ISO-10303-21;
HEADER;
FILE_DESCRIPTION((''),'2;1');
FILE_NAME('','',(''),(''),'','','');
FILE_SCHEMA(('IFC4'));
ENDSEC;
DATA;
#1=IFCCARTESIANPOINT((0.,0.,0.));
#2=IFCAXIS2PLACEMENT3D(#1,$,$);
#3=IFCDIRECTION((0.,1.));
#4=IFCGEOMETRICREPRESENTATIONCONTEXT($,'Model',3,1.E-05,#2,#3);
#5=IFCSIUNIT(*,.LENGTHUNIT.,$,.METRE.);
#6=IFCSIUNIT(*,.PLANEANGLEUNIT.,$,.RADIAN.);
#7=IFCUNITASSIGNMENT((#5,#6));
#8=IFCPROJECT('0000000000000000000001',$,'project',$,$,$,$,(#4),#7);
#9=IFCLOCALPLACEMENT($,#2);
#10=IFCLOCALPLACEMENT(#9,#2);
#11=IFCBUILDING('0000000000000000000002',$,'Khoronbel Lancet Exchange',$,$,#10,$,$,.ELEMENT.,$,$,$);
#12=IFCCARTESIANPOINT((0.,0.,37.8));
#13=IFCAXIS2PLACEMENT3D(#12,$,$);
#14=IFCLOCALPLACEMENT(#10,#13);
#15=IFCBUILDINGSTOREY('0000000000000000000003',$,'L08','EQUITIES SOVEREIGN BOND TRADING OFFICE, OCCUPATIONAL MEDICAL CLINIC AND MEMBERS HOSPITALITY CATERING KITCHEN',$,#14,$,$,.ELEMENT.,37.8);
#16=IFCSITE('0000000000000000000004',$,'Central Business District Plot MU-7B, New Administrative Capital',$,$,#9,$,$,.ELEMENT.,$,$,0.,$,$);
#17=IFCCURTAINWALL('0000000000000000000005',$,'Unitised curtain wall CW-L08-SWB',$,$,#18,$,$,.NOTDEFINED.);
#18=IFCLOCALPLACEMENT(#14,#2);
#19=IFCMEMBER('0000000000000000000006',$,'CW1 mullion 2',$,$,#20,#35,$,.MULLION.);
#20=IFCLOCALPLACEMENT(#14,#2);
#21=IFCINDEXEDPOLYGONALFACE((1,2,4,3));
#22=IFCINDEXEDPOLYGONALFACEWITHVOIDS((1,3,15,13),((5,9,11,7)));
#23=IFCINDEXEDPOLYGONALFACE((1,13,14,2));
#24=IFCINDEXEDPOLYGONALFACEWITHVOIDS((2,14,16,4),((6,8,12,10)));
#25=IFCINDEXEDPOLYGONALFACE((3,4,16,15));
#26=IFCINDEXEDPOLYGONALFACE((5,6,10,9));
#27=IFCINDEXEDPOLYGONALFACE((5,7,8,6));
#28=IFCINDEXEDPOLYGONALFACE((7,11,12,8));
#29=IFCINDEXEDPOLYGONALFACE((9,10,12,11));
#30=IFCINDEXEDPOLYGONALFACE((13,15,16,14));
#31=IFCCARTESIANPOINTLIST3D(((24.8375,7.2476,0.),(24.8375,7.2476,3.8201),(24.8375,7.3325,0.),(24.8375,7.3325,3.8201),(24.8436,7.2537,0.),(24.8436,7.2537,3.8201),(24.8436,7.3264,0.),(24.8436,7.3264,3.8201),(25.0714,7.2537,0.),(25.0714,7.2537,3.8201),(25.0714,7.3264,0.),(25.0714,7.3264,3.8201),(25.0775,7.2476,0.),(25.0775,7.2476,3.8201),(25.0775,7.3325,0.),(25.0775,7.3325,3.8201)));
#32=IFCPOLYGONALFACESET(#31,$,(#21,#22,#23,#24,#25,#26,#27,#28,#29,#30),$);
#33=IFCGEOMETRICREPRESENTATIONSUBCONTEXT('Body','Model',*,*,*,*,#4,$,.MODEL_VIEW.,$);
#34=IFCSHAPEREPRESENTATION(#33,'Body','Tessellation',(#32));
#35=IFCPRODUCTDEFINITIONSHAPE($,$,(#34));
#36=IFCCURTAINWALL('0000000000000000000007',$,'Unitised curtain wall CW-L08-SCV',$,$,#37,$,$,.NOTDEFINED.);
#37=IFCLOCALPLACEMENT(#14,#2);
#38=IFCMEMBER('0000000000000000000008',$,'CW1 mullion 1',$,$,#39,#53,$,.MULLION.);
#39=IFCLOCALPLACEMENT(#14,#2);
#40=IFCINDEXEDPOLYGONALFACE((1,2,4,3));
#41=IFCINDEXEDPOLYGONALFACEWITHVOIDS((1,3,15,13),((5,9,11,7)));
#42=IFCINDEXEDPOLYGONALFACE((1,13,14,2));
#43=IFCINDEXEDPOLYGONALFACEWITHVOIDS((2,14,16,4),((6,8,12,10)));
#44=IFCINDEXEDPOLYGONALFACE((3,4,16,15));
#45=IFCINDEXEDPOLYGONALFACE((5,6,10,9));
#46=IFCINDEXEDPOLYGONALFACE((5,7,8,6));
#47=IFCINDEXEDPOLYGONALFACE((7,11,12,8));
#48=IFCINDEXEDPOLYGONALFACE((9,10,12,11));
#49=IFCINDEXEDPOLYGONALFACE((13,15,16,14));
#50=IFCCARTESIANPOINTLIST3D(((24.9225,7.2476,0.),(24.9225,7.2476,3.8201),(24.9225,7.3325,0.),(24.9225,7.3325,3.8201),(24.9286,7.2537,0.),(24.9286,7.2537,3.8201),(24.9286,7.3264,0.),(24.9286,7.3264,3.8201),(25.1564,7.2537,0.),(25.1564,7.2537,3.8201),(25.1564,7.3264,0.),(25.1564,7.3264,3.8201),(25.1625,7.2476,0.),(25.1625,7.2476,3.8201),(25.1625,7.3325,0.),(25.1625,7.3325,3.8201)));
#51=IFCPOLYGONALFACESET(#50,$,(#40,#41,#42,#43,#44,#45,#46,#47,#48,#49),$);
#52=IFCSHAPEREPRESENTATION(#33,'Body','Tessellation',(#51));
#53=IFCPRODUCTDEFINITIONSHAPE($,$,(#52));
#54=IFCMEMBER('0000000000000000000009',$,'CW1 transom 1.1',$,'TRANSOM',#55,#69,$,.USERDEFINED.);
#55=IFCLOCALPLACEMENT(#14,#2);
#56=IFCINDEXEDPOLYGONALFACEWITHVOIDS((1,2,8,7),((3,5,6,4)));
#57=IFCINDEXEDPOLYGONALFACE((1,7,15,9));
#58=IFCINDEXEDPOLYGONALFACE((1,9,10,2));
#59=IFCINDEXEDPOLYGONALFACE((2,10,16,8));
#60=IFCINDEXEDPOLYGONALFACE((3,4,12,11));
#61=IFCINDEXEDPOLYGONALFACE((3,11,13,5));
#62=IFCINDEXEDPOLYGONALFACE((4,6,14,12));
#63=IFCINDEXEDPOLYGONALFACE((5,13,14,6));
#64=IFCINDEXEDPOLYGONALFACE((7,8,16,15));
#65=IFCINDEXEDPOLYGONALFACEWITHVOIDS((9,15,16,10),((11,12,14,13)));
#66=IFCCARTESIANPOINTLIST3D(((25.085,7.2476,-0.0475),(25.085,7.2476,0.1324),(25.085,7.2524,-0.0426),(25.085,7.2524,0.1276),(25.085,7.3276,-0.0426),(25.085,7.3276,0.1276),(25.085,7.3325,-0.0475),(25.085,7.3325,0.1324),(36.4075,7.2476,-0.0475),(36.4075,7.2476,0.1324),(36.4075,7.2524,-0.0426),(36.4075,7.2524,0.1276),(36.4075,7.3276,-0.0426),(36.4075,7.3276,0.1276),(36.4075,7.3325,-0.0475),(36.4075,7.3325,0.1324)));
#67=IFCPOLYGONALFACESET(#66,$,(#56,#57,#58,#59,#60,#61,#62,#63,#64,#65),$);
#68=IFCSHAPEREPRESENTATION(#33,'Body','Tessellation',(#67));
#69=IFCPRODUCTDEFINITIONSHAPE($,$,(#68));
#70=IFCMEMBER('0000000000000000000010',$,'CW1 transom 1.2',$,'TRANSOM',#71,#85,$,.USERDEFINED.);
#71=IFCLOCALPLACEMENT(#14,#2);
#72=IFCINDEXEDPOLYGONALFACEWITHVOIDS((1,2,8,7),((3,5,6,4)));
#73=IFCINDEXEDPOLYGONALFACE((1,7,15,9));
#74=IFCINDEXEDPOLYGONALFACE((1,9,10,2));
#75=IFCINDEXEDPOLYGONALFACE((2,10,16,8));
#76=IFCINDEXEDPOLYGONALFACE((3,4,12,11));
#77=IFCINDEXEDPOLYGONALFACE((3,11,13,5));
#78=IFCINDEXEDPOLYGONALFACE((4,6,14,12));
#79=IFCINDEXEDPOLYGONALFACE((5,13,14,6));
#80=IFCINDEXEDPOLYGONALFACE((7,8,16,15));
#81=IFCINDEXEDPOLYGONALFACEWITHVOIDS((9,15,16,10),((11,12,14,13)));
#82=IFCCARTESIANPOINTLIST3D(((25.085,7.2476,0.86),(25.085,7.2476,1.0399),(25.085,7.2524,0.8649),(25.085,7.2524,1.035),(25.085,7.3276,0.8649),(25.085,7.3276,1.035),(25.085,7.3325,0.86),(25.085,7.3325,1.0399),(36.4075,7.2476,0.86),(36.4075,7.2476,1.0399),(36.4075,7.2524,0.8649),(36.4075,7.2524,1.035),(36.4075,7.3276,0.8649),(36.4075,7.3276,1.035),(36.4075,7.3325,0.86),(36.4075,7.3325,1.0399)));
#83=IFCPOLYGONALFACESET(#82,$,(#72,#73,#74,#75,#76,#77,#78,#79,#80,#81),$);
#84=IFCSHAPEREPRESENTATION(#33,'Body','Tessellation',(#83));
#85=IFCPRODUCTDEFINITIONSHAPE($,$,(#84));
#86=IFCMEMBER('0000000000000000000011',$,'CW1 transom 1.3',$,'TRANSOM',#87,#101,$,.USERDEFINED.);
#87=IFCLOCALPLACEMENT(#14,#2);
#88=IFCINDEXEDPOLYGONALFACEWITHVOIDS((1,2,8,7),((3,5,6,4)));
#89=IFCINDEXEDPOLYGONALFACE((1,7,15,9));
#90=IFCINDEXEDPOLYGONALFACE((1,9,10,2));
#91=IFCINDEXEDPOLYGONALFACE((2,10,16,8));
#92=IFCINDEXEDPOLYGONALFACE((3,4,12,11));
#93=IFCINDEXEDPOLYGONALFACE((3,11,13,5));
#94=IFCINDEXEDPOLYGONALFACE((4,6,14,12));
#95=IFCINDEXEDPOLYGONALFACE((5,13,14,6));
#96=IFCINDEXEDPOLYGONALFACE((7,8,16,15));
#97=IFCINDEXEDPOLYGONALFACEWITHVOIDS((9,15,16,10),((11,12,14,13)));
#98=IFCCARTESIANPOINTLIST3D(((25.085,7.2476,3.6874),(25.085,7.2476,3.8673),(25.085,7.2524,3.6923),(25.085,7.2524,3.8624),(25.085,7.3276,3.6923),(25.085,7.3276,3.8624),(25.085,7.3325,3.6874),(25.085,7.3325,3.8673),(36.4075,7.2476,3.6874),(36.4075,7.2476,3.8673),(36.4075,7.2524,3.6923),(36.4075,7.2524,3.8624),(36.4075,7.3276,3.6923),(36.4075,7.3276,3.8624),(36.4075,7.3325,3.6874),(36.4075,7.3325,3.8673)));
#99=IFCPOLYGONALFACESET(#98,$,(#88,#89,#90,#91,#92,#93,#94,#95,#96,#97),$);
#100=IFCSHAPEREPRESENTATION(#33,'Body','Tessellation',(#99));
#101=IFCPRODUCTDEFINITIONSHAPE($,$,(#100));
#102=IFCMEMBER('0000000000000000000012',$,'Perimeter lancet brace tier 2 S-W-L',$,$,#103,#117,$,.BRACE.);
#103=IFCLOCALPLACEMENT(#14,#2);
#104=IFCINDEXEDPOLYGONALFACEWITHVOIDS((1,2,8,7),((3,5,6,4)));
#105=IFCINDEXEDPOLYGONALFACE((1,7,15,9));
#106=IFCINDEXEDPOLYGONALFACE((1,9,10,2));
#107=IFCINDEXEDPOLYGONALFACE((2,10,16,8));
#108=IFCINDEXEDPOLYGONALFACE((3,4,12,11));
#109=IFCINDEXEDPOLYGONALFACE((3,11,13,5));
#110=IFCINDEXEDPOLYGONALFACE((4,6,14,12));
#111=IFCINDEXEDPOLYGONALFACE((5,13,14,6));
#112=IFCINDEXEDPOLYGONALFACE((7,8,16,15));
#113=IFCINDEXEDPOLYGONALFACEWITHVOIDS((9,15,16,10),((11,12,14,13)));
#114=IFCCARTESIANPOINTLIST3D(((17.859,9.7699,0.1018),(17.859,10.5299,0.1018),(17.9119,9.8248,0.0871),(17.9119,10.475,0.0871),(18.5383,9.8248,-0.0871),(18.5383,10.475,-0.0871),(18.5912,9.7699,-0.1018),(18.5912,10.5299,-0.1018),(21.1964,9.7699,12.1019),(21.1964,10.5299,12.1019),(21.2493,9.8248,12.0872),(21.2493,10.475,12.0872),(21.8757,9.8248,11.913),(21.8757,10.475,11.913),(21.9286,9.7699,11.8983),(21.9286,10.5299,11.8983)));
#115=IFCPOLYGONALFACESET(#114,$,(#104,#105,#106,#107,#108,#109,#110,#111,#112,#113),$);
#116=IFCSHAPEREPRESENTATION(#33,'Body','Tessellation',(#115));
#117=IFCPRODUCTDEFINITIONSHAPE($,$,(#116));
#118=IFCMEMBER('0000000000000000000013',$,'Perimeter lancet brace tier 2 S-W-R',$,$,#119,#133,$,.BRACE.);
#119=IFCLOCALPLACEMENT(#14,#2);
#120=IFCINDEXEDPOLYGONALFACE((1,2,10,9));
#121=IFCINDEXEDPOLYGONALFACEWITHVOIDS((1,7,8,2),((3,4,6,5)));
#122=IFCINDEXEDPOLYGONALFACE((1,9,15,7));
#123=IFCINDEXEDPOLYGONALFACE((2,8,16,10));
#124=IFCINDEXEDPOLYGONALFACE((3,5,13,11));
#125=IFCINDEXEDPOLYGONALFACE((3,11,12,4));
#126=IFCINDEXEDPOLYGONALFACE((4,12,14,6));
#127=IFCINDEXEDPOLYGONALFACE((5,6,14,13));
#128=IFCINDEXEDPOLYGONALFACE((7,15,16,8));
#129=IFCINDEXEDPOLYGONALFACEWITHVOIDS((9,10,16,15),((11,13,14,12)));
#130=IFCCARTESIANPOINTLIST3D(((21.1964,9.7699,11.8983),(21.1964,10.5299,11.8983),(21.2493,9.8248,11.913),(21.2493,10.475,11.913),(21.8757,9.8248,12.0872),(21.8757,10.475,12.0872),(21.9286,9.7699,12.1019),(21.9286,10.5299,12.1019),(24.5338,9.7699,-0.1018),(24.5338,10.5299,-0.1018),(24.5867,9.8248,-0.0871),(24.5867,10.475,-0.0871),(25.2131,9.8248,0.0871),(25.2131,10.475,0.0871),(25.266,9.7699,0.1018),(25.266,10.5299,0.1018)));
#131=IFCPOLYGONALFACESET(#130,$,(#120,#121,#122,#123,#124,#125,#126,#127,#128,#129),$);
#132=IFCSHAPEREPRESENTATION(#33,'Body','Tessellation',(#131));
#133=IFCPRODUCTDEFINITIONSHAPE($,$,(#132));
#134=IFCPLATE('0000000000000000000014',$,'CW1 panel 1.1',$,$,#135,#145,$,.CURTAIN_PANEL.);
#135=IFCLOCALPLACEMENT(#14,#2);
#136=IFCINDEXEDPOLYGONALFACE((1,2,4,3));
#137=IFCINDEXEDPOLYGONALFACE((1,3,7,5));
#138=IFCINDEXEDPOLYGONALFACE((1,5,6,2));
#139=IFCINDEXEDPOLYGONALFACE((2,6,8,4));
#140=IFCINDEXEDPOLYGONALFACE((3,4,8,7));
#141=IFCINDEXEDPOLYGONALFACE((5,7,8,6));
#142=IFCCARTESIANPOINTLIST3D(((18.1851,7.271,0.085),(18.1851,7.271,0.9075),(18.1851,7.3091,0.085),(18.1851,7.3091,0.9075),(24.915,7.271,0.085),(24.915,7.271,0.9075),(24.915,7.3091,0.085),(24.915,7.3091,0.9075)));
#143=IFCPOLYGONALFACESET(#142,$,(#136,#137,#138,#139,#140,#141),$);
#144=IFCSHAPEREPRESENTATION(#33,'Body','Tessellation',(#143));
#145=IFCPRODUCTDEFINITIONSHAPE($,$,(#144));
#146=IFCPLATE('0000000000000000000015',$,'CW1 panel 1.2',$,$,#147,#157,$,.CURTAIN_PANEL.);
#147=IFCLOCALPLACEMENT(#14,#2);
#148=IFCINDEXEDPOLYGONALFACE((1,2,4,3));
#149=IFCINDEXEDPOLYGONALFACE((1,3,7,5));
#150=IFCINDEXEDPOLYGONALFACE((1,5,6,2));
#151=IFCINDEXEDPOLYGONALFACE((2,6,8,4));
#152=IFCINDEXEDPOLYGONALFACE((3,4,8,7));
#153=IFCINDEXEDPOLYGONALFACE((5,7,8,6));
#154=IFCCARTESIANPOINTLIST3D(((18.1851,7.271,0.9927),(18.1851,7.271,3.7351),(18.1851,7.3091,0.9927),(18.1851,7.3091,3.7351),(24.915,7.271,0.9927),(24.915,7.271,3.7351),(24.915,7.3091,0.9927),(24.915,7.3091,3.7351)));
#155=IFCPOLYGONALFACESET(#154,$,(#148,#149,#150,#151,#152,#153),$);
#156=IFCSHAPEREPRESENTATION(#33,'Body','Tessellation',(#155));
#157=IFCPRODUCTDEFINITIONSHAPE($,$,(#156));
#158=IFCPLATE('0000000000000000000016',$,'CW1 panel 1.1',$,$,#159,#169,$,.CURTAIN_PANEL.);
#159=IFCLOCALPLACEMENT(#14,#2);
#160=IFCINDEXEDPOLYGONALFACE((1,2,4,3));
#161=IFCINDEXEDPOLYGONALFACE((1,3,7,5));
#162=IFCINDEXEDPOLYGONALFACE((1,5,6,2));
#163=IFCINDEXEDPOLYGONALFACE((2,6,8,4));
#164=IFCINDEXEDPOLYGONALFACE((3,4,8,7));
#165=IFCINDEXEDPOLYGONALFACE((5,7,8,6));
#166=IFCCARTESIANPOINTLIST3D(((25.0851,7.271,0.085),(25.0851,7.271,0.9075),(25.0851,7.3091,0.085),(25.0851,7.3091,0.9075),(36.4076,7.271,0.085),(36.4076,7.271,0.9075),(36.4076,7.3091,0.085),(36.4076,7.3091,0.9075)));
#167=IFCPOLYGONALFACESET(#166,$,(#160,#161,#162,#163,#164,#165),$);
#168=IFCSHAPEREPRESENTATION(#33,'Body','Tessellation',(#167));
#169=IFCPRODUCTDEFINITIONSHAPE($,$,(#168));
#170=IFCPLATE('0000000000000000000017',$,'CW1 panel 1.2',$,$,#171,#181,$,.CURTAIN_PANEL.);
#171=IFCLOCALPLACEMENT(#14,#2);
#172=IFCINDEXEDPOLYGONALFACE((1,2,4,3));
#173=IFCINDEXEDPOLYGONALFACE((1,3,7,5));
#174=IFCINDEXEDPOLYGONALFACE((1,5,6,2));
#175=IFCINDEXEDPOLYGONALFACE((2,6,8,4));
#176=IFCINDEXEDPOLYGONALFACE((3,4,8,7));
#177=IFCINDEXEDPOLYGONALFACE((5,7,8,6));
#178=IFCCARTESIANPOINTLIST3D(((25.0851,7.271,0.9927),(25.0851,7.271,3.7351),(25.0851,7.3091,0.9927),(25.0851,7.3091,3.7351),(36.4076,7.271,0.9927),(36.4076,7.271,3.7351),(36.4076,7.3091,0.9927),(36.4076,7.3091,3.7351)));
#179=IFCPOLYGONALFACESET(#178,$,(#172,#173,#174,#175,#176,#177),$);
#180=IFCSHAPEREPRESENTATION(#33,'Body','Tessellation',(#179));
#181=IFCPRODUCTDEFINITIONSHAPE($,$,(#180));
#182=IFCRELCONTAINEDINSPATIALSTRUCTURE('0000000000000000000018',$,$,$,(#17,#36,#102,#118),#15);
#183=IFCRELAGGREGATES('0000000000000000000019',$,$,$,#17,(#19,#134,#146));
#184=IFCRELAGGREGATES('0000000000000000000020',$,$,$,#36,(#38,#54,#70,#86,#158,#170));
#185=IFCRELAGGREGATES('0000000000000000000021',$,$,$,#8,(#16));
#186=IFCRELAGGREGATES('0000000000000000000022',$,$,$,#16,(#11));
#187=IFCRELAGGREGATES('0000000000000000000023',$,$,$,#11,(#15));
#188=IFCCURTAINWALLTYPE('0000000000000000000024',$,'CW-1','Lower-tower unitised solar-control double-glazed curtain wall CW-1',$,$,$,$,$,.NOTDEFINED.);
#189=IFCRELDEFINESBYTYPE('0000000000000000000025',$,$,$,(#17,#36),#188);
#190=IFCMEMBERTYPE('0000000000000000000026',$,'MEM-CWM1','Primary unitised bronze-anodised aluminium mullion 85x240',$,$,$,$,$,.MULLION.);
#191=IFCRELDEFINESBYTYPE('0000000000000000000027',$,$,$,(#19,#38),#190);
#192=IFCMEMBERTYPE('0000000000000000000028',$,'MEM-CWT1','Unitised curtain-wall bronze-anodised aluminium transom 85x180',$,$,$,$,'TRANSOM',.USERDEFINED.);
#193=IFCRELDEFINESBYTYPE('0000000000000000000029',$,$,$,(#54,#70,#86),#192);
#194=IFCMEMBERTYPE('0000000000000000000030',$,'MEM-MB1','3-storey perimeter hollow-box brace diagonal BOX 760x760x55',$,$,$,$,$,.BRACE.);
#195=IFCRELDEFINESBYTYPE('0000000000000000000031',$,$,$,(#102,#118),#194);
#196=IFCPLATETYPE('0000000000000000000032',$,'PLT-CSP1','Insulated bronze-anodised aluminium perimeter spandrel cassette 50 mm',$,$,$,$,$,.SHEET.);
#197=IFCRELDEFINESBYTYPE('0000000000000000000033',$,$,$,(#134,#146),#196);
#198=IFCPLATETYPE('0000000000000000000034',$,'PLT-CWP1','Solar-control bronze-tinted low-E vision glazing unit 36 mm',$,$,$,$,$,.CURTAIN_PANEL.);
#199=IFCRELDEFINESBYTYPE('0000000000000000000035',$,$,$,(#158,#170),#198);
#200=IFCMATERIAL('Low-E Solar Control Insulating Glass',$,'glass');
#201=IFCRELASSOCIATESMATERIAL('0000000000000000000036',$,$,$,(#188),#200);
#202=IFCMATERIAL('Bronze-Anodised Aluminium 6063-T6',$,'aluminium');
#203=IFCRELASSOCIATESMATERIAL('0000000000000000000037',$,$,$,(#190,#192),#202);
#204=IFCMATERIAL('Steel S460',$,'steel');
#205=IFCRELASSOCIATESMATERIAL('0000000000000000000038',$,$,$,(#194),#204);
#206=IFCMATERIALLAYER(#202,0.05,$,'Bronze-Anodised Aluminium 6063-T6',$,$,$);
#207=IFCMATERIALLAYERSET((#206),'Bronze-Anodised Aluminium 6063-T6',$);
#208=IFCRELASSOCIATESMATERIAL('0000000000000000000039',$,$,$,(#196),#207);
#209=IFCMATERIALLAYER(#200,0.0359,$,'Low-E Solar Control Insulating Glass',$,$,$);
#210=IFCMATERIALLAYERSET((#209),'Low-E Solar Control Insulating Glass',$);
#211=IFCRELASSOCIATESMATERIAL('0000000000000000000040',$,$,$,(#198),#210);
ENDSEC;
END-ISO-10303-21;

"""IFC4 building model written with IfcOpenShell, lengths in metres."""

from ifc_helpers import new_model, si_unit, direction, frame, origin, origin_2d, place, context, subcontext, project, spatial, rectangle, hollow_rectangle, extrude, material, layer, layer_set, material_profile, profile_set, type_object, element, aggregate, save


model = new_model("IFC4")

# Units and contexts
model_context = context("Model", 3, precision=1e-05, world=origin(), true_north=direction((0.0, 1.0)))
body_context = subcontext(model_context, "Body", "Model", "MODEL_VIEW")
ifc_project = project(units=[si_unit("LENGTHUNIT", "METRE"), si_unit("PLANEANGLEUNIT", "RADIAN")], contexts=[model_context])

# Site, building, storey
site_placement = place(None, origin())
site = spatial("IfcSite", under=ifc_project, at=site_placement, Name="Central Business District Plot MU-7B, New Administrative Capital", CompositionType="ELEMENT", RefElevation=0.0)
building_placement = place(site_placement, origin())
building = spatial("IfcBuilding", under=site, at=building_placement, Name="Khoronbel Lancet Exchange", CompositionType="ELEMENT")
storey_placement = place(building_placement, frame((0.0, 0.0, 37.8)))
storey = spatial("IfcBuildingStorey", under=building, at=storey_placement, Name="L08", Description="EQUITIES SOVEREIGN BOND TRADING OFFICE, OCCUPATIONAL MEDICAL CLINIC AND MEMBERS HOSPITALITY CATERING KITCHEN", CompositionType="ELEMENT", Elevation=37.8)

# Shared definitions
ifc_material_1 = material(Name="Steel S460", Category="steel")

# Curtain wall, member
ifc_material_2 = material(Name="Low-E Solar Control Insulating Glass", Category="glass")
curtain_wall_type = type_object("IfcCurtainWallType", Name="CW-1", Description="Lower-tower unitised solar-control double-glazed curtain wall CW-1", PredefinedType="NOTDEFINED", material=ifc_material_2)
curtain_wall_1_placement = place(storey_placement, origin())
curtain_wall_1 = element("IfcCurtainWall", 1, at=curtain_wall_1_placement, inside=storey, type_object=curtain_wall_type, Name="Unitised curtain wall CW-L08-SWB", PredefinedType="NOTDEFINED")
ifc_material_3 = material(Name="Bronze-Anodised Aluminium 6063-T6", Category="aluminium")
ifc_material_profile_1 = material_profile(ifc_material_3, hollow_rectangle(XDim=0.085, YDim=0.24, WallThickness=0.0061, at=origin_2d()), Name="ALU MULLION 85x240")
ifc_profile_set_1 = profile_set([ifc_material_profile_1], Name="Bronze-Anodised Aluminium 6063-T6")
member_type_1 = type_object("IfcMemberType", Name="MEM-CWM1", Description="Primary unitised bronze-anodised aluminium mullion 85x240", PredefinedType="MULLION", material=ifc_profile_set_1)
member_1_placement = place(storey_placement, frame((24.9575, 7.29, 0.0), z_axis=(0.0, 0.0, 1.0), x_axis=(0.0, 1.0, 0.0)))
member_1 = element("IfcMember", 2, at=member_1_placement, type_object=member_type_1, Name="CW1 mullion 2", PredefinedType="MULLION", context=body_context, shape_type="SweptSolid", body=[
    extrude(hollow_rectangle(XDim=0.085, YDim=0.24, WallThickness=0.0061, at=origin_2d()), origin(), (0.0, 0.0, 1.0), 3.8201),
])

# Curtain wall, members
curtain_wall_2_placement = place(storey_placement, origin())
curtain_wall_2 = element("IfcCurtainWall", 3, at=curtain_wall_2_placement, inside=storey, type_object=curtain_wall_type, Name="Unitised curtain wall CW-L08-SCV", PredefinedType="NOTDEFINED")
member_2_placement = place(storey_placement, frame((25.0425, 7.29, 0.0), z_axis=(0.0, 0.0, 1.0), x_axis=(0.0, 1.0, 0.0)))
member_2 = element("IfcMember", 4, at=member_2_placement, type_object=member_type_1, Name="CW1 mullion 1", PredefinedType="MULLION", context=body_context, shape_type="SweptSolid", body=[
    extrude(hollow_rectangle(XDim=0.085, YDim=0.24, WallThickness=0.0061, at=origin_2d()), origin(), (0.0, 0.0, 1.0), 3.8201),
])
ifc_material_profile_2 = material_profile(ifc_material_3, hollow_rectangle(XDim=0.085, YDim=0.1799, WallThickness=0.0049, at=origin_2d()), Name="ALU TRANSOM 85x180")
ifc_profile_set_2 = profile_set([ifc_material_profile_2], Name="Bronze-Anodised Aluminium 6063-T6")
member_type_2 = type_object("IfcMemberType", Name="MEM-CWT1", Description="Unitised curtain-wall bronze-anodised aluminium transom 85x180", ElementType="TRANSOM", PredefinedType="USERDEFINED", material=ifc_profile_set_2)
member_3_placement = place(storey_placement, frame((25.085, 7.29, 0.0425), z_axis=(1.0, 0.0, 0.0), x_axis=(0.0, 1.0, 0.0)))
member_3 = element("IfcMember", 5, at=member_3_placement, type_object=member_type_2, Name="CW1 transom 1.1", ObjectType="TRANSOM", PredefinedType="USERDEFINED", context=body_context, shape_type="SweptSolid", body=[
    extrude(hollow_rectangle(XDim=0.085, YDim=0.1799, WallThickness=0.0049, at=origin_2d()), origin(), (0.0, 0.0, 1.0), 11.3225),
])
member_4_placement = place(storey_placement, frame((25.085, 7.29, 0.95), z_axis=(1.0, 0.0, 0.0), x_axis=(0.0, 1.0, 0.0)))
member_4 = element("IfcMember", 6, at=member_4_placement, type_object=member_type_2, Name="CW1 transom 1.2", ObjectType="TRANSOM", PredefinedType="USERDEFINED", context=body_context, shape_type="SweptSolid", body=[
    extrude(hollow_rectangle(XDim=0.085, YDim=0.1799, WallThickness=0.0049, at=origin_2d()), origin(), (0.0, 0.0, 1.0), 11.3225),
])
member_5_placement = place(storey_placement, frame((25.085, 7.29, 3.7773), z_axis=(1.0, 0.0, 0.0), x_axis=(0.0, 1.0, 0.0)))
member_5 = element("IfcMember", 7, at=member_5_placement, type_object=member_type_2, Name="CW1 transom 1.3", ObjectType="TRANSOM", PredefinedType="USERDEFINED", context=body_context, shape_type="SweptSolid", body=[
    extrude(hollow_rectangle(XDim=0.085, YDim=0.1799, WallThickness=0.0049, at=origin_2d()), origin(), (0.0, 0.0, 1.0), 11.3225),
])

# Members
ifc_material_profile_3 = material_profile(ifc_material_1, hollow_rectangle(XDim=0.76, YDim=0.76, WallThickness=0.0549, at=origin_2d()), Name="BOX 760x760x55")
ifc_profile_set_3 = profile_set([ifc_material_profile_3], Name="Steel S460")
member_type_3 = type_object("IfcMemberType", Name="MEM-MB1", Description="3-storey perimeter hollow-box brace diagonal BOX 760x760x55", PredefinedType="BRACE", material=ifc_profile_set_3)
for number, where, z_axis, x_axis, name in (
    (8, (18.2251, 10.1499, 0.0), (0.267947, 0.0, 0.963434), (0.0, 1.0, 0.0), "Perimeter lancet brace tier 2 S-W-L"),
    (9, (24.8999, 10.1499, 0.0), (-0.267947, 0.0, 0.963434), (0.0, -1.0, 0.0), "Perimeter lancet brace tier 2 S-W-R"),
):
    element("IfcMember", number, at=place(storey_placement, frame(where, z_axis=z_axis, x_axis=x_axis)), inside=storey, type_object=member_type_3, Name=name, PredefinedType="BRACE", context=body_context, shape_type="SweptSolid", body=[
        extrude(hollow_rectangle(XDim=0.76, YDim=0.76, WallThickness=0.0549, at=origin_2d()), origin(), (0.0, 0.0, 1.0), 12.4556),
    ])

# Plates
ifc_layer_1 = layer(ifc_material_3, 0.05, Name="Bronze-Anodised Aluminium 6063-T6")
ifc_layer_set_1 = layer_set([ifc_layer_1], Name="Bronze-Anodised Aluminium 6063-T6")
plate_type_1 = type_object("IfcPlateType", Name="PLT-CSP1", Description="Insulated bronze-anodised aluminium perimeter spandrel cassette 50 mm", PredefinedType="SHEET", material=ifc_layer_set_1)
plate_1_placement = place(storey_placement, frame((21.55, 7.29, 0.085), z_axis=(0.0, 0.0, 1.0), x_axis=(1.0, 0.0, 0.0)))
plate_1 = element("IfcPlate", 10, at=plate_1_placement, type_object=plate_type_1, Name="CW1 panel 1.1", PredefinedType="CURTAIN_PANEL", context=body_context, shape_type="SweptSolid", body=[
    extrude(rectangle(XDim=6.73, YDim=0.0381, at=origin_2d()), origin(), (0.0, 0.0, 1.0), 0.8225),
])
plate_2_placement = place(storey_placement, frame((21.55, 7.29, 0.9927), z_axis=(0.0, 0.0, 1.0), x_axis=(1.0, 0.0, 0.0)))
plate_2 = element("IfcPlate", 11, at=plate_2_placement, type_object=plate_type_1, Name="CW1 panel 1.2", PredefinedType="CURTAIN_PANEL", context=body_context, shape_type="SweptSolid", body=[
    extrude(rectangle(XDim=6.73, YDim=0.0381, at=origin_2d()), origin(), (0.0, 0.0, 1.0), 2.7424),
])
aggregate(curtain_wall_1, [member_1, plate_1, plate_2])
ifc_layer_2 = layer(ifc_material_2, 0.0359, Name="Low-E Solar Control Insulating Glass")
ifc_layer_set_2 = layer_set([ifc_layer_2], Name="Low-E Solar Control Insulating Glass")
plate_type_2 = type_object("IfcPlateType", Name="PLT-CWP1", Description="Solar-control bronze-tinted low-E vision glazing unit 36 mm", PredefinedType="CURTAIN_PANEL", material=ifc_layer_set_2)
plate_3_placement = place(storey_placement, frame((30.7463, 7.29, 0.085), z_axis=(0.0, 0.0, 1.0), x_axis=(1.0, 0.0, 0.0)))
plate_3 = element("IfcPlate", 12, at=plate_3_placement, type_object=plate_type_2, Name="CW1 panel 1.1", PredefinedType="CURTAIN_PANEL", context=body_context, shape_type="SweptSolid", body=[
    extrude(rectangle(XDim=11.3225, YDim=0.0381, at=origin_2d()), origin(), (0.0, 0.0, 1.0), 0.8225),
])
plate_4_placement = place(storey_placement, frame((30.7463, 7.29, 0.9927), z_axis=(0.0, 0.0, 1.0), x_axis=(1.0, 0.0, 0.0)))
plate_4 = element("IfcPlate", 13, at=plate_4_placement, type_object=plate_type_2, Name="CW1 panel 1.2", PredefinedType="CURTAIN_PANEL", context=body_context, shape_type="SweptSolid", body=[
    extrude(rectangle(XDim=11.3225, YDim=0.0381, at=origin_2d()), origin(), (0.0, 0.0, 1.0), 2.7424),
])
aggregate(curtain_wall_2, [member_2, member_3, member_4, member_5, plate_3, plate_4])

save(model, "model.ifc")
